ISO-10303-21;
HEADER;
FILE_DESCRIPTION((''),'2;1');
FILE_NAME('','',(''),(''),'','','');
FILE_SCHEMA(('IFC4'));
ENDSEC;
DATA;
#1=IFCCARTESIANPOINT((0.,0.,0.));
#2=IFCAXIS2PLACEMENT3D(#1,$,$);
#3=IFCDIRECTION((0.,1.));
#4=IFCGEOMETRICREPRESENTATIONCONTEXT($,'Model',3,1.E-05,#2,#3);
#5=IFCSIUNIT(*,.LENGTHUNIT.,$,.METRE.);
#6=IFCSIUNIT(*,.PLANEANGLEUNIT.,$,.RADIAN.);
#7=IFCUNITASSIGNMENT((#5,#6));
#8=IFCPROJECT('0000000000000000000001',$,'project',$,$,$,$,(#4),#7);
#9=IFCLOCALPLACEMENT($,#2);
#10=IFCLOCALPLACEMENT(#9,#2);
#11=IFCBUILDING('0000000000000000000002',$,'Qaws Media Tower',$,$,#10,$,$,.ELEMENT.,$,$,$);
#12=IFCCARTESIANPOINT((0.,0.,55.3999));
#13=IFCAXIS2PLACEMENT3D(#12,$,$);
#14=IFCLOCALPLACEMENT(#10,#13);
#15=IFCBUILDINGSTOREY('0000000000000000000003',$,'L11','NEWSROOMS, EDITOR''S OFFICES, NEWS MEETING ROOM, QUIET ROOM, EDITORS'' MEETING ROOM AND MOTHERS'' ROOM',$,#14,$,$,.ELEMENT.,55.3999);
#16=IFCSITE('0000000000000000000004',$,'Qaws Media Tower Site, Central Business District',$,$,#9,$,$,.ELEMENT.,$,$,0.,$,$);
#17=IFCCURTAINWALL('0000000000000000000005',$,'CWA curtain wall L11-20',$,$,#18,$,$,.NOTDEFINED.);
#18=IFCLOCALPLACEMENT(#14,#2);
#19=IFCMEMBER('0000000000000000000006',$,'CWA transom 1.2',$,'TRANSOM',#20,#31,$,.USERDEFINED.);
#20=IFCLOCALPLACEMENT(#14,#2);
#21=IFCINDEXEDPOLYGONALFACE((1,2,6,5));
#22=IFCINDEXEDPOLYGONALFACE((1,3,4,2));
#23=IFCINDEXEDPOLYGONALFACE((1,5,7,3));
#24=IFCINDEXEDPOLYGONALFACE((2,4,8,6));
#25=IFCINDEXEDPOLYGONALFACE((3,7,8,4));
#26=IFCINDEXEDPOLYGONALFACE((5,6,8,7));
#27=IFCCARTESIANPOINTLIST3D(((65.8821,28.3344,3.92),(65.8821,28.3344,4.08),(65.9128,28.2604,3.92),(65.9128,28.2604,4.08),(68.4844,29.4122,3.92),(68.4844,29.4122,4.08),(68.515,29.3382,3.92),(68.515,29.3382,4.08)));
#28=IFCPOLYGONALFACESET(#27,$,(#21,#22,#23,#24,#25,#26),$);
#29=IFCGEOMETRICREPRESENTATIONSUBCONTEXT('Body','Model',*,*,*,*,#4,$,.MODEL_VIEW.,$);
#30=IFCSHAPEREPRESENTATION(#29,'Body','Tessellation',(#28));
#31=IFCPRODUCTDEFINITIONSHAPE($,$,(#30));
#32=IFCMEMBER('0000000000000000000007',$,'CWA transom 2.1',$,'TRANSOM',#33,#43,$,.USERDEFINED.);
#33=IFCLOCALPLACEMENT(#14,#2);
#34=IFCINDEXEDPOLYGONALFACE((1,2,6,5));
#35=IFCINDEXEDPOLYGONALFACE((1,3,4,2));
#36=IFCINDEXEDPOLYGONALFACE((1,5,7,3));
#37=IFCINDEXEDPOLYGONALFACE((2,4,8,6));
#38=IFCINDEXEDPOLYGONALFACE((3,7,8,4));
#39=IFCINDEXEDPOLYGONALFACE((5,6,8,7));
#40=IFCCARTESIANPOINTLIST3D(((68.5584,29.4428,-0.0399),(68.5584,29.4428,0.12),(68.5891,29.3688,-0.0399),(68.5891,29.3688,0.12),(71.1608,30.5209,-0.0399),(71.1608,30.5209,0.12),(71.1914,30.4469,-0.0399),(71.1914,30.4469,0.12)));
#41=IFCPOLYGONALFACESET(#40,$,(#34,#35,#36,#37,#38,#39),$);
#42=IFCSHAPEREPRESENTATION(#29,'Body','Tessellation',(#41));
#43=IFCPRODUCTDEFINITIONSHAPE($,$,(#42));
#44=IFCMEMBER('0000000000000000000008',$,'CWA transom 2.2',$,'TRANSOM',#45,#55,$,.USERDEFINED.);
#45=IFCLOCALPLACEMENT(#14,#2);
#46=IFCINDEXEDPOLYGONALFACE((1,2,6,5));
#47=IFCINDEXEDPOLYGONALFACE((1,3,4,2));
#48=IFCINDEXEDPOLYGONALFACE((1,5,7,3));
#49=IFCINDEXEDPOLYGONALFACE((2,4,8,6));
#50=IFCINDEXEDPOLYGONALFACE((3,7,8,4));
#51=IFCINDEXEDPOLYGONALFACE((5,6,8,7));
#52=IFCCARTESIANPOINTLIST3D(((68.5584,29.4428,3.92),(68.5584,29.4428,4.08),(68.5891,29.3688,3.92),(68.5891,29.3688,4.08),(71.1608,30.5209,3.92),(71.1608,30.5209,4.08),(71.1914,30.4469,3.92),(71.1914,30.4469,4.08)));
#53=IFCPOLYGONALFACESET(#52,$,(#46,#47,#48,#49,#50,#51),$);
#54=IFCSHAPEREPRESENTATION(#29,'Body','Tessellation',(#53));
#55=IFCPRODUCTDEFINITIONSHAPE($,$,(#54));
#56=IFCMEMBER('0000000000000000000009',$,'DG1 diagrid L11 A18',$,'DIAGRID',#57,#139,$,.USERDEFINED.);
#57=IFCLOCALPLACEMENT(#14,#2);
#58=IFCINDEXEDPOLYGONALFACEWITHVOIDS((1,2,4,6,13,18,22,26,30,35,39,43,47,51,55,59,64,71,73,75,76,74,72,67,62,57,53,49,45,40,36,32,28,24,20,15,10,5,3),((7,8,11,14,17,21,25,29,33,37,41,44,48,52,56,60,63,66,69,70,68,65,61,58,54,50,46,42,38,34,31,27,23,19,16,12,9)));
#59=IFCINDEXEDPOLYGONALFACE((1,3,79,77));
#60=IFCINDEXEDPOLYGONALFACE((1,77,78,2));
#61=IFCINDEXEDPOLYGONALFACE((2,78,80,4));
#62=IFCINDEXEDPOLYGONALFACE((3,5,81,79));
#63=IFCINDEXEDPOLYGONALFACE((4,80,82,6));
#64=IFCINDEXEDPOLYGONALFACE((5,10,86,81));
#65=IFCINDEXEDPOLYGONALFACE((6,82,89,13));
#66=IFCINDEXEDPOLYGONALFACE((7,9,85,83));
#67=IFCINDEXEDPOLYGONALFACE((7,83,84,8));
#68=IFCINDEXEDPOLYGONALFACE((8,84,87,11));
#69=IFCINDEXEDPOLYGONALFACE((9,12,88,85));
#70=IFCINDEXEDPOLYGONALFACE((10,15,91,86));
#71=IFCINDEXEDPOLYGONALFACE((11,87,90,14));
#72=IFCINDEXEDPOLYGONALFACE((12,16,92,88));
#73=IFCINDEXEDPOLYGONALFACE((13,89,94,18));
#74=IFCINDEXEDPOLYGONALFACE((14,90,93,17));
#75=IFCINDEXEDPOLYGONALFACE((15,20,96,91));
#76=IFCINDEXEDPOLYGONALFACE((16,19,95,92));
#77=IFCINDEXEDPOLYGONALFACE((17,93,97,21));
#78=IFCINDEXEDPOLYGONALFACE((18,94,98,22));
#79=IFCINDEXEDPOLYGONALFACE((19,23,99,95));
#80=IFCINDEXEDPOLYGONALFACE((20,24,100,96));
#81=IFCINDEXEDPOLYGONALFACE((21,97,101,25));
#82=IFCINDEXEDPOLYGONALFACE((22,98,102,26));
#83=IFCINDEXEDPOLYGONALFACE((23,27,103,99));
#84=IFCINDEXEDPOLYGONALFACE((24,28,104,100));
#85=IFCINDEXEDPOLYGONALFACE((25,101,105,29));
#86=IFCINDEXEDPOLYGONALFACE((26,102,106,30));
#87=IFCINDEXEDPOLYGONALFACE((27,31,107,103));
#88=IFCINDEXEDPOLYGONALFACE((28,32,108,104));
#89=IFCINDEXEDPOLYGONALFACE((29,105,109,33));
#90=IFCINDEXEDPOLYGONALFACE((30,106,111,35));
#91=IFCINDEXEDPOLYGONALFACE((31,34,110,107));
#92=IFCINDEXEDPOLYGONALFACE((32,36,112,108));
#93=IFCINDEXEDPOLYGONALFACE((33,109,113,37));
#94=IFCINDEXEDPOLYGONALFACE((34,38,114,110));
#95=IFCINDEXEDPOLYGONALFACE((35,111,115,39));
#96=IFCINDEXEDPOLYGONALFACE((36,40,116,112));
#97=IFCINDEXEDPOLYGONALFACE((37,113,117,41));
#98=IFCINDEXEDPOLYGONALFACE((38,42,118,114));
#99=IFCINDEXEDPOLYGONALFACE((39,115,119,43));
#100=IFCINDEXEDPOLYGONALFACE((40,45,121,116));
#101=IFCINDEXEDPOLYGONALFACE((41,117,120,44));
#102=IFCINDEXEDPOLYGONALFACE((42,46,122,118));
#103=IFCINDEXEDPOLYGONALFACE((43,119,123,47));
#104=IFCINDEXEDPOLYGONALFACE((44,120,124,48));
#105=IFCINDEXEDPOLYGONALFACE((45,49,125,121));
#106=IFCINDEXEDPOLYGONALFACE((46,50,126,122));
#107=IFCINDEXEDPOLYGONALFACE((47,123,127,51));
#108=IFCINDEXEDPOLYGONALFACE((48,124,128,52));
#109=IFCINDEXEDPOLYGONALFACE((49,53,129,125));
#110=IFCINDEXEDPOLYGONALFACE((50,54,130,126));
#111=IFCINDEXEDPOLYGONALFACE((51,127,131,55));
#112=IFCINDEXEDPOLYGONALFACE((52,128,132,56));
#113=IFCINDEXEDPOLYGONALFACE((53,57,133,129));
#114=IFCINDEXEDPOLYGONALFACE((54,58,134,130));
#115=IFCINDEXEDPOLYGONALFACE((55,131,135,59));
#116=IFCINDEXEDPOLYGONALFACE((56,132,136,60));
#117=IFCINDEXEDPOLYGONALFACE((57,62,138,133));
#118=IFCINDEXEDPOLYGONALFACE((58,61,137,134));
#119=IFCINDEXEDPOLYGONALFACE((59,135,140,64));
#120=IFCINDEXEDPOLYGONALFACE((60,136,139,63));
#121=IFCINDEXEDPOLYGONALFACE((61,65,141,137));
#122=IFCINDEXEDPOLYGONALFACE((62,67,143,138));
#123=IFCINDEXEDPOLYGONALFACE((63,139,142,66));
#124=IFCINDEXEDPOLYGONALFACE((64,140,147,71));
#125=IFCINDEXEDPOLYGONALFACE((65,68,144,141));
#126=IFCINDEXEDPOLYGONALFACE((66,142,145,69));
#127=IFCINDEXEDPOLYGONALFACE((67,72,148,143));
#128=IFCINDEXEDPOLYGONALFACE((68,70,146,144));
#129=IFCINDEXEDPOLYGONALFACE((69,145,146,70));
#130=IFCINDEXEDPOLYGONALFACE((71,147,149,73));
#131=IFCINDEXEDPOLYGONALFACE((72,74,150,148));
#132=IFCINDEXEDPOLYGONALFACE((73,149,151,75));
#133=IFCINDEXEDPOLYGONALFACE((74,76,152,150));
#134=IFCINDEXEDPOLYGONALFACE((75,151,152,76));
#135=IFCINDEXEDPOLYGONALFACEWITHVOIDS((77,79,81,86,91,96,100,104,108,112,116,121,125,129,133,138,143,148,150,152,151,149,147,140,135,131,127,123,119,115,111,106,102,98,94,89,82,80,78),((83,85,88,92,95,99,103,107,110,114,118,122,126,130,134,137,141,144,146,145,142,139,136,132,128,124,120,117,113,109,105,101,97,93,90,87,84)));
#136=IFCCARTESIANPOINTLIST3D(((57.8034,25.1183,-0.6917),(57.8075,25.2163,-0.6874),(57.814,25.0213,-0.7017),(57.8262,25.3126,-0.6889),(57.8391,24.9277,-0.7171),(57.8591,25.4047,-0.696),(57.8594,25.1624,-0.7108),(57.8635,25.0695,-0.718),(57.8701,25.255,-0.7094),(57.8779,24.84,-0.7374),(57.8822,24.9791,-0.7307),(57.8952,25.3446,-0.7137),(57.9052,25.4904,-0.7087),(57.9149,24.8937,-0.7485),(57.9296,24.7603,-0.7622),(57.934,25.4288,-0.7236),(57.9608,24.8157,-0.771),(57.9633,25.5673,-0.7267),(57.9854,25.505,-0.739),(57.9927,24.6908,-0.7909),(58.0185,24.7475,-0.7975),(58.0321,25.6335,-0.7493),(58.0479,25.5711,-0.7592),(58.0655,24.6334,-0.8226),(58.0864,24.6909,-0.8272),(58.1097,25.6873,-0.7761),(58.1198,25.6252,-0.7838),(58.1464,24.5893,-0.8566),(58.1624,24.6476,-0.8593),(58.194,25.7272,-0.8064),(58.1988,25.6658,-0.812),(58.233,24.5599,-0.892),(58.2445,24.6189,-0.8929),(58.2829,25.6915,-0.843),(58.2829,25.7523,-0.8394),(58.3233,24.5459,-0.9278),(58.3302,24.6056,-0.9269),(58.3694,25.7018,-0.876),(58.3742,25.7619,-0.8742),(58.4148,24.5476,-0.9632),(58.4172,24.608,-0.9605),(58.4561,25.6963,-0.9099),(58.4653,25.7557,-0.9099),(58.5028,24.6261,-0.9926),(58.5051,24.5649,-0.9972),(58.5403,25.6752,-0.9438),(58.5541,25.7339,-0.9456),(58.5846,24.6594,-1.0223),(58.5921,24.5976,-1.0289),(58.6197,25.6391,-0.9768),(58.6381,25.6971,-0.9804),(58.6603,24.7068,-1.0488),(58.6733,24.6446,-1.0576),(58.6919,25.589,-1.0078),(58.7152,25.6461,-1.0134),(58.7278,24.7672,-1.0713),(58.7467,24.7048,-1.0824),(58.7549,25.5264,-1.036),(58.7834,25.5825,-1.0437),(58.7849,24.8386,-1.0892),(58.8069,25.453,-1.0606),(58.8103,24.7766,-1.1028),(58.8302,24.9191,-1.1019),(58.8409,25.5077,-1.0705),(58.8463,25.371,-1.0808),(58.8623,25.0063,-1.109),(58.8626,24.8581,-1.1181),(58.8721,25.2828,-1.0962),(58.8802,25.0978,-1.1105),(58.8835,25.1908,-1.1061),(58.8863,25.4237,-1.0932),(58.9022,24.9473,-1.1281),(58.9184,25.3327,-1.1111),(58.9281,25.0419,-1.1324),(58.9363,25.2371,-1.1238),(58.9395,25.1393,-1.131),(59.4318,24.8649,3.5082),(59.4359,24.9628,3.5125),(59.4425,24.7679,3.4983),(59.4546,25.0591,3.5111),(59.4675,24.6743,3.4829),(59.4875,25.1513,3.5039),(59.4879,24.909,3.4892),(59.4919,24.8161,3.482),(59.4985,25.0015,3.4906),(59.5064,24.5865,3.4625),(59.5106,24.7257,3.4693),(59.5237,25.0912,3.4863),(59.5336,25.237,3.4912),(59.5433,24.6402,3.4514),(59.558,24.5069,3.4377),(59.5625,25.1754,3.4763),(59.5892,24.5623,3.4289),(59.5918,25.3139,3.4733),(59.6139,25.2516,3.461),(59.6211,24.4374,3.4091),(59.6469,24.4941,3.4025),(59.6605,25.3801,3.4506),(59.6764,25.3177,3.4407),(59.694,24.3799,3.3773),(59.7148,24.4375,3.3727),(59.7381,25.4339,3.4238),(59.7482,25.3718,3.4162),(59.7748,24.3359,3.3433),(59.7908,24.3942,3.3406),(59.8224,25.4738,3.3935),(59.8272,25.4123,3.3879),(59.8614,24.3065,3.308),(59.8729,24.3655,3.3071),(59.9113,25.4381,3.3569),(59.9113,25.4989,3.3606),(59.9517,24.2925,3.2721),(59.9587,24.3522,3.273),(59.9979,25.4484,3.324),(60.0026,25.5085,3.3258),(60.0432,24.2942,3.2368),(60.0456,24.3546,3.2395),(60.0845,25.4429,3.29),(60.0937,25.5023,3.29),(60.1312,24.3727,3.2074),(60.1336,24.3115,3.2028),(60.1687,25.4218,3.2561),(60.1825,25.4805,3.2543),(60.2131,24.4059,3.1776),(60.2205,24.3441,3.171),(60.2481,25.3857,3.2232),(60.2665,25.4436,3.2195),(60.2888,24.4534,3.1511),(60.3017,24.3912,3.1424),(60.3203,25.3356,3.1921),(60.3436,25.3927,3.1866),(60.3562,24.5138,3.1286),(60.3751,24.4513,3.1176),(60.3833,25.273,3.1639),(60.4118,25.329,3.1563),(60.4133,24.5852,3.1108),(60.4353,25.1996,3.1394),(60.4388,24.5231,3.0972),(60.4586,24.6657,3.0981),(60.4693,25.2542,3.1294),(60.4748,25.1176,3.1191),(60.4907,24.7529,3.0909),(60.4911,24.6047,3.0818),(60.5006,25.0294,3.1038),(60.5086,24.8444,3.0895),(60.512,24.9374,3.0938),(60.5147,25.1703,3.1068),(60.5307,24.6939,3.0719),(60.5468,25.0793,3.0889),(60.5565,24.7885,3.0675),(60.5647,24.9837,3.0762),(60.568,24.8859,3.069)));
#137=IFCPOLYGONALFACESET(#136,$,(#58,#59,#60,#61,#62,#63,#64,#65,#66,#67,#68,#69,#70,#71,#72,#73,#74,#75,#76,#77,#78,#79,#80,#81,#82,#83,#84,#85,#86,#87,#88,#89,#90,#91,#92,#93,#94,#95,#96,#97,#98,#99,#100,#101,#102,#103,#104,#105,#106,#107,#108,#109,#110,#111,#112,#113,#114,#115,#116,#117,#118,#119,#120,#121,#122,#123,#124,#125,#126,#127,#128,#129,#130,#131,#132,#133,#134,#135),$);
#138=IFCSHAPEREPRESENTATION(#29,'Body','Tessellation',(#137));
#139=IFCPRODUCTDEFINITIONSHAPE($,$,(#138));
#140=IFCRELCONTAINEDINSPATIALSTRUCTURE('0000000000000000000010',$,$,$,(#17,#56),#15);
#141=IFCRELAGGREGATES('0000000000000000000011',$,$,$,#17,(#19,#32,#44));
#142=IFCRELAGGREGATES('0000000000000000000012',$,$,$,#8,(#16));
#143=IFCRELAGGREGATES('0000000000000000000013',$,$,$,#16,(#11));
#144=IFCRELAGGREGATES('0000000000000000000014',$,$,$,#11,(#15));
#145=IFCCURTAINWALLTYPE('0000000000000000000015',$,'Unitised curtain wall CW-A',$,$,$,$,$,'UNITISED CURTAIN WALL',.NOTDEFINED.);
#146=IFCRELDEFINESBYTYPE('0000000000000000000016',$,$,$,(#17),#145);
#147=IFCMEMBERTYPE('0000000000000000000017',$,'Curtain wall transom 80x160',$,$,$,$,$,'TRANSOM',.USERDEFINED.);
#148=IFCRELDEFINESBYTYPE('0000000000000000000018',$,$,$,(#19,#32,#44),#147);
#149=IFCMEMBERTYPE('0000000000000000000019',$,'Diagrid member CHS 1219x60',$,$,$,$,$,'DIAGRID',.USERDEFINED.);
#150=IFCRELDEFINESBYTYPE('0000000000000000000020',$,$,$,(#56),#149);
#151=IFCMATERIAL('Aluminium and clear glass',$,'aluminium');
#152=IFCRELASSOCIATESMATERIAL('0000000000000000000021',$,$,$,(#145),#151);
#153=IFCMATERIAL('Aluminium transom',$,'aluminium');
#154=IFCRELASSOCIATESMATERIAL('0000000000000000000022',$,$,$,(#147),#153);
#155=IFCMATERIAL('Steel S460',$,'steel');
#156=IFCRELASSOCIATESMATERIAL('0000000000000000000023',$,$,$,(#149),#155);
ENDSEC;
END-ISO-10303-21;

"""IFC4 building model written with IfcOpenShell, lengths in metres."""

from ifc_helpers import new_model, si_unit, direction, frame, origin, origin_2d, place, context, subcontext, project, spatial, rectangle, hollow_circle, extrude, material, material_profile, profile_set, type_object, element, aggregate, save


model = new_model("IFC4")

# Units and contexts
model_context = context("Model", 3, precision=1e-05, world=origin(), true_north=direction((0.0, 1.0)))
body_context = subcontext(model_context, "Body", "Model", "MODEL_VIEW")
ifc_project = project(units=[si_unit("LENGTHUNIT", "METRE"), si_unit("PLANEANGLEUNIT", "RADIAN")], contexts=[model_context])

# Site, building, storey
site_placement = place(None, origin())
site = spatial("IfcSite", under=ifc_project, at=site_placement, Name="Qaws Media Tower Site, Central Business District", CompositionType="ELEMENT", RefElevation=0.0)
building_placement = place(site_placement, origin())
building = spatial("IfcBuilding", under=site, at=building_placement, Name="Qaws Media Tower", CompositionType="ELEMENT")
storey_placement = place(building_placement, frame((0.0, 0.0, 55.3999)))
storey = spatial("IfcBuildingStorey", under=building, at=storey_placement, Name="L11", Description="NEWSROOMS, EDITOR'S OFFICES, NEWS MEETING ROOM, QUIET ROOM, EDITORS' MEETING ROOM AND MOTHERS' ROOM", CompositionType="ELEMENT", Elevation=55.3999)

# Curtain wall
ifc_material_1 = material(Name="Aluminium and clear glass", Category="aluminium")
curtain_wall_type = type_object("IfcCurtainWallType", Name="Unitised curtain wall CW-A", ElementType="UNITISED CURTAIN WALL", PredefinedType="NOTDEFINED", material=ifc_material_1)
curtain_wall_1_placement = place(storey_placement, origin())
curtain_wall_1 = element("IfcCurtainWall", 1, at=curtain_wall_1_placement, inside=storey, type_object=curtain_wall_type, Name="CWA curtain wall L11-20", PredefinedType="NOTDEFINED")

# Members
ifc_material_2 = material(Name="Aluminium transom", Category="aluminium")
ifc_material_profile_1 = material_profile(ifc_material_2, rectangle(XDim=0.0801, YDim=0.1599, at=origin_2d()), Name="80x160")
ifc_profile_set_1 = profile_set([ifc_material_profile_1], Name="Aluminium transom")
member_type_1 = type_object("IfcMemberType", Name="Curtain wall transom 80x160", ElementType="TRANSOM", PredefinedType="USERDEFINED", material=ifc_profile_set_1)
member_1_placement = place(storey_placement, frame((65.8975, 28.2974, 4.0), z_axis=(0.923883, 0.382676, 0.0), x_axis=(-0.382676, 0.923883, 0.0)))
member_1 = element("IfcMember", 2, at=member_1_placement, type_object=member_type_1, Name="CWA transom 1.2", ObjectType="TRANSOM", PredefinedType="USERDEFINED", context=body_context, shape_type="SweptSolid", body=[
    extrude(rectangle(XDim=0.0801, YDim=0.1599, at=origin_2d()), origin(), (0.0, 0.0, 1.0), 2.8167),
])
member_2_placement = place(storey_placement, frame((68.5737, 29.4058, 0.04), z_axis=(0.923852, 0.38275, 0.0), x_axis=(-0.38275, 0.923852, 0.0)))
member_2 = element("IfcMember", 3, at=member_2_placement, type_object=member_type_1, Name="CWA transom 2.1", ObjectType="TRANSOM", PredefinedType="USERDEFINED", context=body_context, shape_type="SweptSolid", body=[
    extrude(rectangle(XDim=0.0801, YDim=0.1599, at=origin_2d()), origin(), (0.0, 0.0, 1.0), 2.8169),
])
member_3_placement = place(storey_placement, frame((68.5737, 29.4058, 4.0), z_axis=(0.923852, 0.38275, 0.0), x_axis=(-0.38275, 0.923852, 0.0)))
member_3 = element("IfcMember", 4, at=member_3_placement, type_object=member_type_1, Name="CWA transom 2.2", ObjectType="TRANSOM", PredefinedType="USERDEFINED", context=body_context, shape_type="SweptSolid", body=[
    extrude(rectangle(XDim=0.0801, YDim=0.1599, at=origin_2d()), origin(), (0.0, 0.0, 1.0), 2.8169),
])

# Member
ifc_material_3 = material(Name="Steel S460", Category="steel")
ifc_material_profile_2 = material_profile(ifc_material_3, hollow_circle(Radius=0.6096, WallThickness=0.0601, at=origin_2d()), Name="CHS 1219x60")
ifc_profile_set_2 = profile_set([ifc_material_profile_2], Name="Steel S460")
member_type_2 = type_object("IfcMemberType", Name="Diagrid member CHS 1219x60", ElementType="DIAGRID", PredefinedType="USERDEFINED", material=ifc_profile_set_2)
for number, where, z_axis, x_axis, name in (
    (5, (58.3716, 25.1533, -0.9099), (0.360931, -0.056169, 0.930899), (0.153771, 0.988106, 0.0), "DG1 diagrid L11 A18"),
):
    element("IfcMember", number, at=place(storey_placement, frame(where, z_axis=z_axis, x_axis=x_axis)), inside=storey, type_object=member_type_2, Name=name, ObjectType="DIAGRID", PredefinedType="USERDEFINED", context=body_context, shape_type="SweptSolid", body=[
        extrude(hollow_circle(Radius=0.6096, WallThickness=0.0601, at=origin_2d()), origin(), (0.0, 0.0, 1.0), 4.5117),
    ])

aggregate(curtain_wall_1, [member_1, member_2, member_3])

save(model, "model.ifc")
